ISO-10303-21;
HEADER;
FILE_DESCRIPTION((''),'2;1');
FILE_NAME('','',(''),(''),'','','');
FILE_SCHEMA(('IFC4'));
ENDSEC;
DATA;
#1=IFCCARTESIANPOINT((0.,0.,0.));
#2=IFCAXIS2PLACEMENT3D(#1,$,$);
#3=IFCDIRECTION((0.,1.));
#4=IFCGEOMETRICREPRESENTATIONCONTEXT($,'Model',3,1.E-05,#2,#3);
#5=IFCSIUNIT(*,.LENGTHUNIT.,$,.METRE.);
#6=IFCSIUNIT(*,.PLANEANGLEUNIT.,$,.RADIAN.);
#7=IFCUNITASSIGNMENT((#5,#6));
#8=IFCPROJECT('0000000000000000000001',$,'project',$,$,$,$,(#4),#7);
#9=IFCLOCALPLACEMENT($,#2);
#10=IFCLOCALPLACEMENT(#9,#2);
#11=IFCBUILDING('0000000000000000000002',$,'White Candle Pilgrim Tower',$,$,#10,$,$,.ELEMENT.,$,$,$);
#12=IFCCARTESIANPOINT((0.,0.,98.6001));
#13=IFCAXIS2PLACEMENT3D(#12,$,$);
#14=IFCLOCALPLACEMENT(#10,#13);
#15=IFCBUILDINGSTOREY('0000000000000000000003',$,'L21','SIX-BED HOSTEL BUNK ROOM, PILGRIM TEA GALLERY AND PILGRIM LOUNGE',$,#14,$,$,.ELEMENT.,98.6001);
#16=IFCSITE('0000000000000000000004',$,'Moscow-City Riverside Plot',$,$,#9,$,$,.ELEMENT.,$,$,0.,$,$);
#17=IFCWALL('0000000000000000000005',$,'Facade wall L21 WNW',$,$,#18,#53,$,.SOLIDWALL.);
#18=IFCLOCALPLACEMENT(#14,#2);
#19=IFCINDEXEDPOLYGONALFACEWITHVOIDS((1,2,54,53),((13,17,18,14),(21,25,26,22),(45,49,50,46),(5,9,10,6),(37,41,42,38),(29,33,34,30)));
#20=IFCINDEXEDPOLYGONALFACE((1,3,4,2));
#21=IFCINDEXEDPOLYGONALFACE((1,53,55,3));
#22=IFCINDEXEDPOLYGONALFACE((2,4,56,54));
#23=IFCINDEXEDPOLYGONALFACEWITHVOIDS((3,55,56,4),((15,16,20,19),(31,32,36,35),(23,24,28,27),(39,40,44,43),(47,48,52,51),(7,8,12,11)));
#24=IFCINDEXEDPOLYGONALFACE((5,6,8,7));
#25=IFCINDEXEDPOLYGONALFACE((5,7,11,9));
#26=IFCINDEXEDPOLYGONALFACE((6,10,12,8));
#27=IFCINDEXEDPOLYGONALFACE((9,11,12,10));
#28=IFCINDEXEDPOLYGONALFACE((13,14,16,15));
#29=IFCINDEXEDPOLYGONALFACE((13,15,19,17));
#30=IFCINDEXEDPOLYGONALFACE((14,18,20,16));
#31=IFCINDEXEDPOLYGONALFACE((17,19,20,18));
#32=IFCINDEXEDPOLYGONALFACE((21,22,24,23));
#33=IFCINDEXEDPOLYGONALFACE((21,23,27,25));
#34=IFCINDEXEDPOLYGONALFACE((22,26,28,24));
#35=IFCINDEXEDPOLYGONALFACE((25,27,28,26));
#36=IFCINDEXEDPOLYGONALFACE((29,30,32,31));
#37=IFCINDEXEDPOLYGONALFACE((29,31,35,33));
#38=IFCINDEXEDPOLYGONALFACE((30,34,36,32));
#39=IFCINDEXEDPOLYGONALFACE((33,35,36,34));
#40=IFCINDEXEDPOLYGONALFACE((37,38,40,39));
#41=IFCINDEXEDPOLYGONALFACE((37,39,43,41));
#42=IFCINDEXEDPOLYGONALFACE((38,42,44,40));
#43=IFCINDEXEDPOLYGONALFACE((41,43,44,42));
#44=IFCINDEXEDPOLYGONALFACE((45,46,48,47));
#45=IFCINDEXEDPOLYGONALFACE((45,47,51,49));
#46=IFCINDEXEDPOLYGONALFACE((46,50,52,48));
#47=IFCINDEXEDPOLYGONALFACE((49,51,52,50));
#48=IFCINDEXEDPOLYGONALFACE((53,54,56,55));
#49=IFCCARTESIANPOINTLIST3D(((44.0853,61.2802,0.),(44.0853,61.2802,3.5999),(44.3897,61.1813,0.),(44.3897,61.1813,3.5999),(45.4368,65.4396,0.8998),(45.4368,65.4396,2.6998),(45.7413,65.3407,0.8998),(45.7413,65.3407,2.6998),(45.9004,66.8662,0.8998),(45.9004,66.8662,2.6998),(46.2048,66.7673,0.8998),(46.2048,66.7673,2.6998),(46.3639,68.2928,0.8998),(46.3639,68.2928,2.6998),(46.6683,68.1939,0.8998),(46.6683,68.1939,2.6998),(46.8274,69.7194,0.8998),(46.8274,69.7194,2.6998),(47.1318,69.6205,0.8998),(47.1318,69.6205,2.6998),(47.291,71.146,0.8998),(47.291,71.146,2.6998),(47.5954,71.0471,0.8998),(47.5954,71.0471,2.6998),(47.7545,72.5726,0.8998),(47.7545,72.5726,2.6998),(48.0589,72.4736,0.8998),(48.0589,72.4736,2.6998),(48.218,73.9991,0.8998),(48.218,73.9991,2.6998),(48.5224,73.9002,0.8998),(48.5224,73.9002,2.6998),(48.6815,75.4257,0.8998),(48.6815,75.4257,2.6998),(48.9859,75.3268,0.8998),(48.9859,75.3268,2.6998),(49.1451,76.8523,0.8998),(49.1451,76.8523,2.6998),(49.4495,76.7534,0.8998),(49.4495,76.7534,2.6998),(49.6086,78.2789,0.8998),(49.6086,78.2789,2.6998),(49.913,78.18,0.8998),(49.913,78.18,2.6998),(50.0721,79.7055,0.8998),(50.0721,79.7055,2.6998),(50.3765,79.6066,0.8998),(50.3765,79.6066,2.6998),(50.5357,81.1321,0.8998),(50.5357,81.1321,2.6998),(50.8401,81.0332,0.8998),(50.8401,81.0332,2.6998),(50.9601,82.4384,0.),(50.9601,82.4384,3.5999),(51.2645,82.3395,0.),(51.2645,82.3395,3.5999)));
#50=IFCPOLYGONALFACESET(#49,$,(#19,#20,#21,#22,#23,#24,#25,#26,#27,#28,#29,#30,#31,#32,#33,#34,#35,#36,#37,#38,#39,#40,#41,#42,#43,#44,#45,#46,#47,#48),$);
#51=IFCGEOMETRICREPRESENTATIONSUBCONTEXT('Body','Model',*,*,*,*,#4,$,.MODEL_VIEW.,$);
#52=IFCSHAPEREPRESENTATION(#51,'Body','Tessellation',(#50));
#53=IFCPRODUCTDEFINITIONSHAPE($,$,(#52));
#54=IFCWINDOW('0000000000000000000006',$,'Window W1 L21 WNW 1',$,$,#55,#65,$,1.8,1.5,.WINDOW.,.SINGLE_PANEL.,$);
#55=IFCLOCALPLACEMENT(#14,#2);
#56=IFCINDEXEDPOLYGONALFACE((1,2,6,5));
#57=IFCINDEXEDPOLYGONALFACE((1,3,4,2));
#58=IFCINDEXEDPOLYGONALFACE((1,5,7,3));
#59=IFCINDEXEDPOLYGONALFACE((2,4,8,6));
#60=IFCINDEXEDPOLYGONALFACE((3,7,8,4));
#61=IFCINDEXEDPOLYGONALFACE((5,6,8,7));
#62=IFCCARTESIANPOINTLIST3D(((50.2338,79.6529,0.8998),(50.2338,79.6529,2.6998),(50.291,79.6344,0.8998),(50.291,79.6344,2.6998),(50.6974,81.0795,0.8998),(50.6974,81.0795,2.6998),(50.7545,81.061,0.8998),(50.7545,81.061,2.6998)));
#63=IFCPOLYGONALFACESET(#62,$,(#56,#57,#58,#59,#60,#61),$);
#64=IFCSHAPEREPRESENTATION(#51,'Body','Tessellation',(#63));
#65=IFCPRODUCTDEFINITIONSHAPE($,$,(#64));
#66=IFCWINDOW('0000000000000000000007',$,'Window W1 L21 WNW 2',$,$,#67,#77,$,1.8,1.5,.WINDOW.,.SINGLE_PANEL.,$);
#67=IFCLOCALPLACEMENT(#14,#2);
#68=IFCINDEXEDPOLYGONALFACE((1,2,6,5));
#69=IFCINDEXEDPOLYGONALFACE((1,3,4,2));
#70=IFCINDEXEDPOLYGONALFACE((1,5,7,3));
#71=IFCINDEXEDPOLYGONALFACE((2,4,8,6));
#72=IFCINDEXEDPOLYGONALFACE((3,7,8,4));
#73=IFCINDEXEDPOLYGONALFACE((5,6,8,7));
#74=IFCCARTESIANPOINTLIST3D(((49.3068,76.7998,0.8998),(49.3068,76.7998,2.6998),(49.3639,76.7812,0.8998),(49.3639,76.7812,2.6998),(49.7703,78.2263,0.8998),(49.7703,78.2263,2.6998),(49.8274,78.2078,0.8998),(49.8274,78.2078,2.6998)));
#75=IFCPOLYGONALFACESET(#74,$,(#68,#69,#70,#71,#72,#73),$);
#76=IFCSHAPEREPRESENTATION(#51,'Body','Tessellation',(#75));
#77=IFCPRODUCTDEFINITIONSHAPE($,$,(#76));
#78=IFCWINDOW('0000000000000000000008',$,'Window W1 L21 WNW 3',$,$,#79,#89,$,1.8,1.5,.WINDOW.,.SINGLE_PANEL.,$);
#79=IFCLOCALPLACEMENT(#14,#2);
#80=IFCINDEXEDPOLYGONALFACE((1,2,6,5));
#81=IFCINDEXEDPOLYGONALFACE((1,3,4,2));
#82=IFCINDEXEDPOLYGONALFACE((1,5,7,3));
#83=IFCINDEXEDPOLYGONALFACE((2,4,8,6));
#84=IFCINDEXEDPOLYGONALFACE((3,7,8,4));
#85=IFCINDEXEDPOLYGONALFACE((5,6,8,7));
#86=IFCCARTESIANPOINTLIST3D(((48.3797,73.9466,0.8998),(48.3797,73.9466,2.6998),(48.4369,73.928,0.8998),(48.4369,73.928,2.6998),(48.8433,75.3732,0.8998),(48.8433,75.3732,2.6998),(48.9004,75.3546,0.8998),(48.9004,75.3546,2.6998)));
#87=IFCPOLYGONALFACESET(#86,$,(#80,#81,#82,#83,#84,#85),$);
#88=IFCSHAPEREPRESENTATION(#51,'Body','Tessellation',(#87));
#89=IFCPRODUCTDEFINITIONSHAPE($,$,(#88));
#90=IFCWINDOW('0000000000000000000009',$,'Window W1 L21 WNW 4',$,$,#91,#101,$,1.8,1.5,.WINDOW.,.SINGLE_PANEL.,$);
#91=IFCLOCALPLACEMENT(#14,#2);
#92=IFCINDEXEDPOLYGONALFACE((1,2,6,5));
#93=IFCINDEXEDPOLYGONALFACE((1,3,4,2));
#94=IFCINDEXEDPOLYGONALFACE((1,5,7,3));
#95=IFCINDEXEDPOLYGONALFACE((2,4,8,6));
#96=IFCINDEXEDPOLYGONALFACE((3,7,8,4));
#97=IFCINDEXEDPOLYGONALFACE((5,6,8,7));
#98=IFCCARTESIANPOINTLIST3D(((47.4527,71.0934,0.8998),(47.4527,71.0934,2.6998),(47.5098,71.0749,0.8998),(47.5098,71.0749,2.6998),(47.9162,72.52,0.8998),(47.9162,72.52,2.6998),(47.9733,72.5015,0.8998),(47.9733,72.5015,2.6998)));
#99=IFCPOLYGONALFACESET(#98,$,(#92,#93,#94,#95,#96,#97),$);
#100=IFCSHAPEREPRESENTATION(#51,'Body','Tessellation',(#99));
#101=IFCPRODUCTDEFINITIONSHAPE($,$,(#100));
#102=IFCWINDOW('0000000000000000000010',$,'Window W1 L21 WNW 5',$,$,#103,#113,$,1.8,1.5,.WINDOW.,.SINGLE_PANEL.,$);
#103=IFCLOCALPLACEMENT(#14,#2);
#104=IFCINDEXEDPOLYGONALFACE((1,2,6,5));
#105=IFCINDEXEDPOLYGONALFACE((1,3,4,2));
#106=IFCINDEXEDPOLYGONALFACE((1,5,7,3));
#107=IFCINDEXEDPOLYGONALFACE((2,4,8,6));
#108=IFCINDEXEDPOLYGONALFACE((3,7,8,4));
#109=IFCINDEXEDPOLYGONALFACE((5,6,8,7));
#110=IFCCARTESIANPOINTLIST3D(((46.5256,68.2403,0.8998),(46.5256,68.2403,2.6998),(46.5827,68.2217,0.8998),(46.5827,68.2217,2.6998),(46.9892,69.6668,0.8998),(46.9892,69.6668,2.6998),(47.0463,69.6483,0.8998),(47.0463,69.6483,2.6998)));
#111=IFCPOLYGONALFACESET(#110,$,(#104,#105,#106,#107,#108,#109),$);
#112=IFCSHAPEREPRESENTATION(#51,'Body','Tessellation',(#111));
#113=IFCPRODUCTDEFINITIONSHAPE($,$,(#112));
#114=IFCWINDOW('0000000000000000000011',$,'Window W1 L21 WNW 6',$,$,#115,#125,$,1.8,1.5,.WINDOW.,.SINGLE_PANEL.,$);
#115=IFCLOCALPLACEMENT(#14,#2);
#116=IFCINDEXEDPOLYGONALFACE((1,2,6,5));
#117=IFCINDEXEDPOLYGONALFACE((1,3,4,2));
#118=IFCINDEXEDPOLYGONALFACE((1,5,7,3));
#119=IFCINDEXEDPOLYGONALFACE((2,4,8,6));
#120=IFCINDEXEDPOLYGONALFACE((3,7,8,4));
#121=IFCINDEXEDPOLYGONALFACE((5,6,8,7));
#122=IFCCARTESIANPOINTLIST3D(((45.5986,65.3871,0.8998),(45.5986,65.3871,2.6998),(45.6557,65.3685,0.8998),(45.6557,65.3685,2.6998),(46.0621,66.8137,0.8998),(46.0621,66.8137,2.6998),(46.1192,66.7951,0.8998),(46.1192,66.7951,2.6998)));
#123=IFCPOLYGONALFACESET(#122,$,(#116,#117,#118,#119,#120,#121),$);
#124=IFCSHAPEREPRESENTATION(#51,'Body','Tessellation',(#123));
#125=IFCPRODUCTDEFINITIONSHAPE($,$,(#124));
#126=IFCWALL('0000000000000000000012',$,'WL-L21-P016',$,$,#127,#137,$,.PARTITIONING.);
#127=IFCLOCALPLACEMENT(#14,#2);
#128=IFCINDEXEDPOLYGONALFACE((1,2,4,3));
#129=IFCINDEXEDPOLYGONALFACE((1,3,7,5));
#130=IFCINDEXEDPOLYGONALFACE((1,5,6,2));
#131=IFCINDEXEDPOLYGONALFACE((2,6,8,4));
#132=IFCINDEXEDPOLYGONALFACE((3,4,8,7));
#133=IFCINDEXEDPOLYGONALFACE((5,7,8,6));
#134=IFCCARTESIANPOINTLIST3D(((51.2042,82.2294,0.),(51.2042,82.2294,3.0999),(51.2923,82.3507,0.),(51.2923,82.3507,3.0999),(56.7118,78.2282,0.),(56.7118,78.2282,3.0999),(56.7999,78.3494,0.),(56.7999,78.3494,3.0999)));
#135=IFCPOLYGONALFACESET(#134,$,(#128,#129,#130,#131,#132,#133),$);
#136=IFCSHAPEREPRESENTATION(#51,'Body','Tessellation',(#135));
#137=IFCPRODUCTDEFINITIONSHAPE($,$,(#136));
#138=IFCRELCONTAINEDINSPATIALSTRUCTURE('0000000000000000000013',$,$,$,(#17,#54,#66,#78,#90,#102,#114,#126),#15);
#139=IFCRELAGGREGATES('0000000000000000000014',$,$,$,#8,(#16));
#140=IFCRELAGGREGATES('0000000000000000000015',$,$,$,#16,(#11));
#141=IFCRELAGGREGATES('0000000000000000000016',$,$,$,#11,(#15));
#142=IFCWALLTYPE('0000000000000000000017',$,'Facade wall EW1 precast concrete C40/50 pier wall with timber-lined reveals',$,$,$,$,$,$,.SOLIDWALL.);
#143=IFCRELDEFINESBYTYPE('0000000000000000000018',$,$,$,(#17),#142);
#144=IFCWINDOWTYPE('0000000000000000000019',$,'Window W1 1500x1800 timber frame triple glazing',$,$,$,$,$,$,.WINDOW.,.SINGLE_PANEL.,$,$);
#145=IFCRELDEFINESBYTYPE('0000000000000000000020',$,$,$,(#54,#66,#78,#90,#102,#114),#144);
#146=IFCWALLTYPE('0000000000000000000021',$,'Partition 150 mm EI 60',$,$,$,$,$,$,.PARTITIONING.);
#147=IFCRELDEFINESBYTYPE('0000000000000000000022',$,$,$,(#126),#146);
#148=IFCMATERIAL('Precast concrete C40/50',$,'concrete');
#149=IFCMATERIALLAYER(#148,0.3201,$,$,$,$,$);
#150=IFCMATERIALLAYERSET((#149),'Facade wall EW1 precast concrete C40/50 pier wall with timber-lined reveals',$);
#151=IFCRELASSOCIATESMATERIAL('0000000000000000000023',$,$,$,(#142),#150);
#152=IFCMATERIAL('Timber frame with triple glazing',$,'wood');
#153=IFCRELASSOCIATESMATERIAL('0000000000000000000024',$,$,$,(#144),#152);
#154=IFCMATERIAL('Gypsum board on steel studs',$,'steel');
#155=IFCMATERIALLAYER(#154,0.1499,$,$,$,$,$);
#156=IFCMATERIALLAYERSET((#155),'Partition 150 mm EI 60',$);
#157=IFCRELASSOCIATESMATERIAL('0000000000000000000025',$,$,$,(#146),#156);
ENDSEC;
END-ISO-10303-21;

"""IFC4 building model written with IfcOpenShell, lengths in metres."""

from ifc_helpers import new_model, si_unit, direction, frame, frame_2d, origin, place, context, subcontext, project, spatial, rectangle, extrude, material, layer, layer_set, type_object, element, fill, save


model = new_model("IFC4")

# Units and contexts
model_context = context("Model", 3, precision=1e-05, world=origin(), true_north=direction((0.0, 1.0)))
body_context = subcontext(model_context, "Body", "Model", "MODEL_VIEW")
ifc_project = project(units=[si_unit("LENGTHUNIT", "METRE"), si_unit("PLANEANGLEUNIT", "RADIAN")], contexts=[model_context])

# Site, building, storey
site_placement = place(None, origin())
site = spatial("IfcSite", under=ifc_project, at=site_placement, Name="Moscow-City Riverside Plot", CompositionType="ELEMENT", RefElevation=0.0)
building_placement = place(site_placement, origin())
building = spatial("IfcBuilding", under=site, at=building_placement, Name="White Candle Pilgrim Tower", CompositionType="ELEMENT")
storey_placement = place(building_placement, frame((0.0, 0.0, 98.6001)))
storey = spatial("IfcBuildingStorey", under=building, at=storey_placement, Name="L21", Description="SIX-BED HOSTEL BUNK ROOM, PILGRIM TEA GALLERY AND PILGRIM LOUNGE", CompositionType="ELEMENT", Elevation=98.6001)

# Wall, openings, windows
ifc_material_1 = material(Name="Precast concrete C40/50", Category="concrete")
ifc_layer_1 = layer(ifc_material_1, 0.3201)
ifc_layer_set_1 = layer_set([ifc_layer_1], Name="Facade wall EW1 precast concrete C40/50 pier wall with timber-lined reveals")
wall_type_1 = type_object("IfcWallType", Name="Facade wall EW1 precast concrete C40/50 pier wall with timber-lined reveals", PredefinedType="SOLIDWALL", material=ifc_layer_set_1)
ifc_material_2 = material(Name="Timber frame with triple glazing", Category="wood")
wall_1_placement = place(storey_placement, frame((51.1123, 82.3889, 0.0), z_axis=(0.0, 0.0, 1.0), x_axis=(-0.309019, -0.951056, 0.0)))
wall_1 = element("IfcWall", 1, at=wall_1_placement, inside=storey, type_object=wall_type_1, Name="Facade wall L21 WNW", PredefinedType="SOLIDWALL", context=body_context, shape_type="SweptSolid", body=[
    extrude(rectangle(XDim=22.2471, YDim=0.3201, at=frame_2d((11.1235, 0.0))), origin(), (0.0, 0.0, 1.0), 3.5999),
])
opening_1_placement = place(wall_1_placement, frame((1.3735, 0.0, 0.8999)))
opening_1 = element("IfcOpeningElement", 2, at=opening_1_placement, cuts=wall_1, PredefinedType="OPENING", context=body_context, shape_type="SweptSolid", body=[
    extrude(rectangle(XDim=1.5, YDim=1.8, at=frame_2d((0.75, 0.8999))), frame((0.0, 0.1699, 0.0), z_axis=(0.0, -1.0, 0.0), x_axis=(1.0, 0.0, 0.0)), (0.0, 0.0, 1.0), 0.3401),
])
opening_2_placement = place(wall_1_placement, frame((4.3735, 0.0, 0.8999)))
opening_2 = element("IfcOpeningElement", 3, at=opening_2_placement, cuts=wall_1, PredefinedType="OPENING", context=body_context, shape_type="SweptSolid", body=[
    extrude(rectangle(XDim=1.5, YDim=1.8, at=frame_2d((0.75, 0.8999))), frame((0.0, 0.1699, 0.0), z_axis=(0.0, -1.0, 0.0), x_axis=(1.0, 0.0, 0.0)), (0.0, 0.0, 1.0), 0.3401),
])
opening_3_placement = place(wall_1_placement, frame((7.3735, 0.0, 0.8999)))
opening_3 = element("IfcOpeningElement", 4, at=opening_3_placement, cuts=wall_1, PredefinedType="OPENING", context=body_context, shape_type="SweptSolid", body=[
    extrude(rectangle(XDim=1.5, YDim=1.8, at=frame_2d((0.75, 0.8999))), frame((0.0, 0.1699, 0.0), z_axis=(0.0, -1.0, 0.0), x_axis=(1.0, 0.0, 0.0)), (0.0, 0.0, 1.0), 0.3401),
])
opening_4_placement = place(wall_1_placement, frame((10.3735, 0.0, 0.8999)))
opening_4 = element("IfcOpeningElement", 5, at=opening_4_placement, cuts=wall_1, PredefinedType="OPENING", context=body_context, shape_type="SweptSolid", body=[
    extrude(rectangle(XDim=1.5, YDim=1.8, at=frame_2d((0.75, 0.8999))), frame((0.0, 0.1699, 0.0), z_axis=(0.0, -1.0, 0.0), x_axis=(1.0, 0.0, 0.0)), (0.0, 0.0, 1.0), 0.3401),
])
opening_5_placement = place(wall_1_placement, frame((13.3735, 0.0, 0.8999)))
opening_5 = element("IfcOpeningElement", 6, at=opening_5_placement, cuts=wall_1, PredefinedType="OPENING", context=body_context, shape_type="SweptSolid", body=[
    extrude(rectangle(XDim=1.5, YDim=1.8, at=frame_2d((0.75, 0.8999))), frame((0.0, 0.1699, 0.0), z_axis=(0.0, -1.0, 0.0), x_axis=(1.0, 0.0, 0.0)), (0.0, 0.0, 1.0), 0.3401),
])
opening_6_placement = place(wall_1_placement, frame((16.3735, 0.0, 0.8999)))
opening_6 = element("IfcOpeningElement", 7, at=opening_6_placement, cuts=wall_1, PredefinedType="OPENING", context=body_context, shape_type="SweptSolid", body=[
    extrude(rectangle(XDim=1.5, YDim=1.8, at=frame_2d((0.75, 0.8999))), frame((0.0, 0.1699, 0.0), z_axis=(0.0, -1.0, 0.0), x_axis=(1.0, 0.0, 0.0)), (0.0, 0.0, 1.0), 0.3401),
])
window_type_1 = type_object("IfcWindowType", Name="Window W1 1500x1800 timber frame triple glazing", PartitioningType="SINGLE_PANEL", PredefinedType="WINDOW", material=ifc_material_2)
window_1_placement = place(opening_1_placement, origin())
window_1 = element("IfcWindow", 8, at=window_1_placement, inside=storey, type_object=window_type_1, Name="Window W1 L21 WNW 1", OverallHeight=1.8, OverallWidth=1.5, PartitioningType="SINGLE_PANEL", PredefinedType="WINDOW", context=body_context, shape_type="SweptSolid", body=[
    extrude(rectangle(XDim=1.5, YDim=1.8, at=frame_2d((0.75, 0.8999))), frame((0.0, 0.0701, 0.0), z_axis=(0.0, -1.0, 0.0), x_axis=(1.0, 0.0, 0.0)), (0.0, 0.0, 1.0), 0.0601),
])
fill(opening_1, window_1)
window_2_placement = place(opening_2_placement, origin())
window_2 = element("IfcWindow", 9, at=window_2_placement, inside=storey, type_object=window_type_1, Name="Window W1 L21 WNW 2", OverallHeight=1.8, OverallWidth=1.5, PartitioningType="SINGLE_PANEL", PredefinedType="WINDOW", context=body_context, shape_type="SweptSolid", body=[
    extrude(rectangle(XDim=1.5, YDim=1.8, at=frame_2d((0.75, 0.8999))), frame((0.0, 0.0701, 0.0), z_axis=(0.0, -1.0, 0.0), x_axis=(1.0, 0.0, 0.0)), (0.0, 0.0, 1.0), 0.0601),
])
fill(opening_2, window_2)
window_3_placement = place(opening_3_placement, origin())
window_3 = element("IfcWindow", 10, at=window_3_placement, inside=storey, type_object=window_type_1, Name="Window W1 L21 WNW 3", OverallHeight=1.8, OverallWidth=1.5, PartitioningType="SINGLE_PANEL", PredefinedType="WINDOW", context=body_context, shape_type="SweptSolid", body=[
    extrude(rectangle(XDim=1.5, YDim=1.8, at=frame_2d((0.75, 0.8999))), frame((0.0, 0.0701, 0.0), z_axis=(0.0, -1.0, 0.0), x_axis=(1.0, 0.0, 0.0)), (0.0, 0.0, 1.0), 0.0601),
])
fill(opening_3, window_3)
window_4_placement = place(opening_4_placement, origin())
window_4 = element("IfcWindow", 11, at=window_4_placement, inside=storey, type_object=window_type_1, Name="Window W1 L21 WNW 4", OverallHeight=1.8, OverallWidth=1.5, PartitioningType="SINGLE_PANEL", PredefinedType="WINDOW", context=body_context, shape_type="SweptSolid", body=[
    extrude(rectangle(XDim=1.5, YDim=1.8, at=frame_2d((0.75, 0.8999))), frame((0.0, 0.0701, 0.0), z_axis=(0.0, -1.0, 0.0), x_axis=(1.0, 0.0, 0.0)), (0.0, 0.0, 1.0), 0.0601),
])
fill(opening_4, window_4)
window_5_placement = place(opening_5_placement, origin())
window_5 = element("IfcWindow", 12, at=window_5_placement, inside=storey, type_object=window_type_1, Name="Window W1 L21 WNW 5", OverallHeight=1.8, OverallWidth=1.5, PartitioningType="SINGLE_PANEL", PredefinedType="WINDOW", context=body_context, shape_type="SweptSolid", body=[
    extrude(rectangle(XDim=1.5, YDim=1.8, at=frame_2d((0.75, 0.8999))), frame((0.0, 0.0701, 0.0), z_axis=(0.0, -1.0, 0.0), x_axis=(1.0, 0.0, 0.0)), (0.0, 0.0, 1.0), 0.0601),
])
fill(opening_5, window_5)
window_6_placement = place(opening_6_placement, origin())
window_6 = element("IfcWindow", 13, at=window_6_placement, inside=storey, type_object=window_type_1, Name="Window W1 L21 WNW 6", OverallHeight=1.8, OverallWidth=1.5, PartitioningType="SINGLE_PANEL", PredefinedType="WINDOW", context=body_context, shape_type="SweptSolid", body=[
    extrude(rectangle(XDim=1.5, YDim=1.8, at=frame_2d((0.75, 0.8999))), frame((0.0, 0.0701, 0.0), z_axis=(0.0, -1.0, 0.0), x_axis=(1.0, 0.0, 0.0)), (0.0, 0.0, 1.0), 0.0601),
])
fill(opening_6, window_6)

# Wall
ifc_material_3 = material(Name="Gypsum board on steel studs", Category="steel")
ifc_layer_2 = layer(ifc_material_3, 0.1499)
ifc_layer_set_2 = layer_set([ifc_layer_2], Name="Partition 150 mm EI 60")
wall_type_2 = type_object("IfcWallType", Name="Partition 150 mm EI 60", PredefinedType="PARTITIONING", material=ifc_layer_set_2)
wall_2_placement = place(storey_placement, frame((51.2483, 82.29, 0.0), z_axis=(0.0, 0.0, 1.0), x_axis=(0.809035, -0.58776, 0.0)))
element("IfcWall", 14, at=wall_2_placement, inside=storey, type_object=wall_type_2, Name="WL-L21-P016", PredefinedType="PARTITIONING", context=body_context, shape_type="SweptSolid", body=[
    extrude(rectangle(XDim=6.8076, YDim=0.1499, at=frame_2d((3.4038, 0.0))), origin(), (0.0, 0.0, 1.0), 3.0999),
])

save(model, "model.ifc")
